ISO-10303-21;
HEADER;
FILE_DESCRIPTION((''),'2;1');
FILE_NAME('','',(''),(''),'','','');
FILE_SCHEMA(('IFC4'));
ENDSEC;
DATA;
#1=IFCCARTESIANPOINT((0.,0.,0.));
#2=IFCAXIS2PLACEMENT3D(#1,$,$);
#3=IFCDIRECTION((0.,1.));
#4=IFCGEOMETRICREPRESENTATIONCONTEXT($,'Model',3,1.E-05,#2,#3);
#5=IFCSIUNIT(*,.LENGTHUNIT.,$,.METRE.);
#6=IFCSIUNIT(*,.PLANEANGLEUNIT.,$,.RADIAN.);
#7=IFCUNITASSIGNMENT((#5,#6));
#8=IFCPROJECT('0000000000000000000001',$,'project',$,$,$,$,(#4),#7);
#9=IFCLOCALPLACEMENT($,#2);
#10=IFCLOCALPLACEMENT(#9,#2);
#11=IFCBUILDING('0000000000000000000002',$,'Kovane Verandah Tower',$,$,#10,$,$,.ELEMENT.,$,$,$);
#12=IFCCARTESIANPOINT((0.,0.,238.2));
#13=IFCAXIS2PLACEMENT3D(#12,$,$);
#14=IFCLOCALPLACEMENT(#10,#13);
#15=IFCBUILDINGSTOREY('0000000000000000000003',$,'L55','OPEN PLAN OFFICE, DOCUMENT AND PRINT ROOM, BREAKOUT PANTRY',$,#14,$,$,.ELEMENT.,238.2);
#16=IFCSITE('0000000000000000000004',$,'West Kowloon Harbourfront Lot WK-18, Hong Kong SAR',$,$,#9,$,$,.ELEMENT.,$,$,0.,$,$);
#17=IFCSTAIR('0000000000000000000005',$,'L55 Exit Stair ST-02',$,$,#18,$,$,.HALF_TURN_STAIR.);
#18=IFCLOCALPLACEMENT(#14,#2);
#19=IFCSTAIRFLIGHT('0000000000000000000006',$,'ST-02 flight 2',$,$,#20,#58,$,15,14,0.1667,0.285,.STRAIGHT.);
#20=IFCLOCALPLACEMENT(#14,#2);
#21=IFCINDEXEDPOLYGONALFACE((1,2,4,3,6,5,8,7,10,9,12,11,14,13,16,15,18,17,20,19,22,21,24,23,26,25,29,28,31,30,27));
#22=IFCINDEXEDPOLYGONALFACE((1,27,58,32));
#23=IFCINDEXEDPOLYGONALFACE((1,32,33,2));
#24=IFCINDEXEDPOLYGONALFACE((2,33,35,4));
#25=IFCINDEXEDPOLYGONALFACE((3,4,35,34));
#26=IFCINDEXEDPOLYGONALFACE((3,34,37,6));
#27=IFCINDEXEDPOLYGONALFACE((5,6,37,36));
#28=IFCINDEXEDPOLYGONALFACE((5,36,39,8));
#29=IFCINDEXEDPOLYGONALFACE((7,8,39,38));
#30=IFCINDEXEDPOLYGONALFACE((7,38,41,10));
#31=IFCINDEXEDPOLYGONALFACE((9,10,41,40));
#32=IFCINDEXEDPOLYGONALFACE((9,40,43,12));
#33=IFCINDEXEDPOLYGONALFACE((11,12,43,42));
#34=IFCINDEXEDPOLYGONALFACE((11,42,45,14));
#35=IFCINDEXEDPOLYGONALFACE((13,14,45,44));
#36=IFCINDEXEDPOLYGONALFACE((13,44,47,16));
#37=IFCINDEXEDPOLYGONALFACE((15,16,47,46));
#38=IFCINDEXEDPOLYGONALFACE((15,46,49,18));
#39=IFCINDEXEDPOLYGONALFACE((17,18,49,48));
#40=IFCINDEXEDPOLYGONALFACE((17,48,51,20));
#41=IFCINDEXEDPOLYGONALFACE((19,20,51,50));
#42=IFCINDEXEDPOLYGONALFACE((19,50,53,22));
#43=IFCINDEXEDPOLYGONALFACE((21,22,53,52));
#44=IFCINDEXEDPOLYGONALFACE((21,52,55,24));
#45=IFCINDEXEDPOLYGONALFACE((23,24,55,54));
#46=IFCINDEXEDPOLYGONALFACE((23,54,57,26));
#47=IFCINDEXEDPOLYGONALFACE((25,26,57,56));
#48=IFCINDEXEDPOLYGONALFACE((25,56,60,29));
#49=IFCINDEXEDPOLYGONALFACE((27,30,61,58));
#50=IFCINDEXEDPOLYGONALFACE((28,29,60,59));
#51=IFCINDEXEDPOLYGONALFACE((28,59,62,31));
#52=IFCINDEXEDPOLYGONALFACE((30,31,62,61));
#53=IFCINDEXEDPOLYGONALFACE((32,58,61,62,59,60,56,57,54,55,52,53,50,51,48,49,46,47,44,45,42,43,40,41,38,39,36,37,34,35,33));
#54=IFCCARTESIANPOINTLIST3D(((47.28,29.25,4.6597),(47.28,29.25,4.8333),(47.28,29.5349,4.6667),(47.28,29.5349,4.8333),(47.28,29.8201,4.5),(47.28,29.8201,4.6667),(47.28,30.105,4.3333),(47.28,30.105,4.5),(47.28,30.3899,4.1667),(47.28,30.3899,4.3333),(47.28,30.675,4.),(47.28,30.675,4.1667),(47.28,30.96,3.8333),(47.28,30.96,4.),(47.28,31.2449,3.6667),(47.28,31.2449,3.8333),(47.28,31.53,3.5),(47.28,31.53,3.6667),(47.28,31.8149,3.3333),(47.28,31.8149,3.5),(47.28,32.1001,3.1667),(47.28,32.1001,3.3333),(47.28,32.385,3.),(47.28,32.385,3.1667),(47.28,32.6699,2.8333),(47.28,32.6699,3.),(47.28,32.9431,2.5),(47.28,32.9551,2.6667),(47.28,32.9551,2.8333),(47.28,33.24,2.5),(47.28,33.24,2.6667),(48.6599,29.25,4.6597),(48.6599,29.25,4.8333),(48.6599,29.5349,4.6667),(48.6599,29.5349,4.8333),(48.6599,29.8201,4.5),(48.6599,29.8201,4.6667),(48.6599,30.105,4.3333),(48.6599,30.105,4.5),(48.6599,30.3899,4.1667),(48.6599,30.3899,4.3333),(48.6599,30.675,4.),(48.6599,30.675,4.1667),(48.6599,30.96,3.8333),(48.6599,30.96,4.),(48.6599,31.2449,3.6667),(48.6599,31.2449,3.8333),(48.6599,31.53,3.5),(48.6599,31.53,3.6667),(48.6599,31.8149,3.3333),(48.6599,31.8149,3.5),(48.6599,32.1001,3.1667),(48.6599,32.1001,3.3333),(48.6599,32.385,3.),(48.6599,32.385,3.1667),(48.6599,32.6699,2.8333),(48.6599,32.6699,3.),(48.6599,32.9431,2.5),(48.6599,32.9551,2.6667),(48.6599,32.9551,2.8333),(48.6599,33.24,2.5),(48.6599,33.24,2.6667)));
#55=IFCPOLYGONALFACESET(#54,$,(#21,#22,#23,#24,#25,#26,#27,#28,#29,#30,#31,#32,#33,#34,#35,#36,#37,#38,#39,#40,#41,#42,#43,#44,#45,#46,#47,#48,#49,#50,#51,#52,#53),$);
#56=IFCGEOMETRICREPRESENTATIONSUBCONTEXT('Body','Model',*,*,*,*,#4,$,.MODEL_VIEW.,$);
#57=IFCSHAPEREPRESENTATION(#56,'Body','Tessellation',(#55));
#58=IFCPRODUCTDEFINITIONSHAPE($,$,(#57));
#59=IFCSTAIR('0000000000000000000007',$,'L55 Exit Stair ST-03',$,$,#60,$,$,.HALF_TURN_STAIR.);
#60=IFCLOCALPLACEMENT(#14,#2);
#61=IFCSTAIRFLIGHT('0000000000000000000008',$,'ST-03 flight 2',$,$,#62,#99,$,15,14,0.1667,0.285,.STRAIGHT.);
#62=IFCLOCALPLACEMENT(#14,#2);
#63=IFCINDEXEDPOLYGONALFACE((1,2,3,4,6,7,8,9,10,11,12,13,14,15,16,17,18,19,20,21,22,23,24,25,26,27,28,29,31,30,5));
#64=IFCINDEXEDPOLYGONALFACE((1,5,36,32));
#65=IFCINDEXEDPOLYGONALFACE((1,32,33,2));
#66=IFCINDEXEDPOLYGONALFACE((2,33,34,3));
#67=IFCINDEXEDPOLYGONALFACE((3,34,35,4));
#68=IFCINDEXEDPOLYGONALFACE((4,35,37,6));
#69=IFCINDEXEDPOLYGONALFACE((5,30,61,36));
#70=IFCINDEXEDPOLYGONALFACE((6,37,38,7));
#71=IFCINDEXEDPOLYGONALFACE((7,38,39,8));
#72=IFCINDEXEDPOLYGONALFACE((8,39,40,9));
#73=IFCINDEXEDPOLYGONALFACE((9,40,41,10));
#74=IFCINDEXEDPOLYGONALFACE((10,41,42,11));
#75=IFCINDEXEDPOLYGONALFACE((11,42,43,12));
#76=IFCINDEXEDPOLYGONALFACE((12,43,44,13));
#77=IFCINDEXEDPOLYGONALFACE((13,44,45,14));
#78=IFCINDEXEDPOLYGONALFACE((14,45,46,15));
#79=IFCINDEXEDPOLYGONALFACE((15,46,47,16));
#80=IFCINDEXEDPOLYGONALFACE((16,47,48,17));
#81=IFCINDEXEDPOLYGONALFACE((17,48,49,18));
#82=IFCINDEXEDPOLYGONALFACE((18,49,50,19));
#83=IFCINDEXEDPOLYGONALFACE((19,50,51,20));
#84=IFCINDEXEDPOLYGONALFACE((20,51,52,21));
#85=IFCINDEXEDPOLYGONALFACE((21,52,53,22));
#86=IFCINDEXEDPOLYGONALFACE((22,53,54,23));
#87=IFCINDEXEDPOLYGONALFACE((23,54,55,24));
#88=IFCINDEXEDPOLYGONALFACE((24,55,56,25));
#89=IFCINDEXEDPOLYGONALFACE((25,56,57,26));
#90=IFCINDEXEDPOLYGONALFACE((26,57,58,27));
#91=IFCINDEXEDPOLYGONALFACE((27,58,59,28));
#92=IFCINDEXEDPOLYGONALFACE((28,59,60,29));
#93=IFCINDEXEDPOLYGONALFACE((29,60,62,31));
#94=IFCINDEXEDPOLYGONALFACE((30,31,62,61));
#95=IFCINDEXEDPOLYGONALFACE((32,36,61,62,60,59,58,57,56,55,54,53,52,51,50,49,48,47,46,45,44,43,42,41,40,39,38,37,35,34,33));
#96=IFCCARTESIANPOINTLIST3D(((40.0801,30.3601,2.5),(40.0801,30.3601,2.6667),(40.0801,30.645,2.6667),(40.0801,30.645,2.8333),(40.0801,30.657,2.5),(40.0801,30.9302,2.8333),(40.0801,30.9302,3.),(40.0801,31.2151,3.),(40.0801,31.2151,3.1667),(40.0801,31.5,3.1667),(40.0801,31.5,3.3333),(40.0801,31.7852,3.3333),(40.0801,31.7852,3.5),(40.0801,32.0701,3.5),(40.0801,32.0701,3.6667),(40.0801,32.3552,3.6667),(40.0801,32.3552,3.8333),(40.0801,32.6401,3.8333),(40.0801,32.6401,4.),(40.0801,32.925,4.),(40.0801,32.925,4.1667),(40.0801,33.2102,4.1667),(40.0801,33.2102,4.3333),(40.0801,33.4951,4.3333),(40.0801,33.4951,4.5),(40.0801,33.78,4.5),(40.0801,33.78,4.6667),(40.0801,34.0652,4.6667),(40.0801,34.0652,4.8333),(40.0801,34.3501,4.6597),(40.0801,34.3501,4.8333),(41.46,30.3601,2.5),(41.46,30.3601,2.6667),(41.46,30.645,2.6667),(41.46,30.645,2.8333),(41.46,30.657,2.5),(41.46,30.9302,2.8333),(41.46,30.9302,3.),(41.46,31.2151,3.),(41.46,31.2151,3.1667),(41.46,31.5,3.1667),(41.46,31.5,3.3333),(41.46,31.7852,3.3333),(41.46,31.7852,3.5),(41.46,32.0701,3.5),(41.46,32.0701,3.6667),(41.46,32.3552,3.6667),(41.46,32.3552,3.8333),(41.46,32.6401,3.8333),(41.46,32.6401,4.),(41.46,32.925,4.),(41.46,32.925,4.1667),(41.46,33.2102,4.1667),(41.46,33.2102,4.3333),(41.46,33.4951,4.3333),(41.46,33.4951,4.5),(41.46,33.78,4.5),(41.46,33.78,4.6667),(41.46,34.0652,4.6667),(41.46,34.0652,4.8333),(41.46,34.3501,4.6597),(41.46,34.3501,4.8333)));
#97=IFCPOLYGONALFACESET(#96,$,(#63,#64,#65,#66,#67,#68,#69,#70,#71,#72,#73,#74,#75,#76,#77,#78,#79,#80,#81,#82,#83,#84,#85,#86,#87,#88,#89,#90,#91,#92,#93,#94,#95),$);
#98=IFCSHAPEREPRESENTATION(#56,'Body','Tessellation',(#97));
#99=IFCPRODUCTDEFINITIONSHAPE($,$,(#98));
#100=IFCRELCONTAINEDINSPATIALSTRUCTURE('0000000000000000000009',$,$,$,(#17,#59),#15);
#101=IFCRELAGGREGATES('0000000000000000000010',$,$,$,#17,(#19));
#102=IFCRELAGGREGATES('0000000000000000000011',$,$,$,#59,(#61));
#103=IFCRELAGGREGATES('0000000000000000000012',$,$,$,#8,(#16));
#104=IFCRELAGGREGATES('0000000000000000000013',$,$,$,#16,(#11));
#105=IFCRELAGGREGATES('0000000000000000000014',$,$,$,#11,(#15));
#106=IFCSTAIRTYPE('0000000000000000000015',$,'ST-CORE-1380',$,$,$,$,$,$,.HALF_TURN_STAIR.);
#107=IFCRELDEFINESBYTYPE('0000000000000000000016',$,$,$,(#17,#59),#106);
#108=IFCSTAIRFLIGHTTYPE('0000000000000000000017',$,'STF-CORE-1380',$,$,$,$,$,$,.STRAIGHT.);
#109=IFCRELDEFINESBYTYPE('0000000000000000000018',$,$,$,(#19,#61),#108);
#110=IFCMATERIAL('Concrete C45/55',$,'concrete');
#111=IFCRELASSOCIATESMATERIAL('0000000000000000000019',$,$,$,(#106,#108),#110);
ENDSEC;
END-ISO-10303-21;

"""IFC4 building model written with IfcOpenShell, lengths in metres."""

from ifc_helpers import new_model, si_unit, direction, frame, origin, place, context, subcontext, project, spatial, polyline, outline, extrude, material, type_object, element, aggregate, save


model = new_model("IFC4")

# Units and contexts
model_context = context("Model", 3, precision=1e-05, world=origin(), true_north=direction((0.0, 1.0)))
body_context = subcontext(model_context, "Body", "Model", "MODEL_VIEW")
ifc_project = project(units=[si_unit("LENGTHUNIT", "METRE"), si_unit("PLANEANGLEUNIT", "RADIAN")], contexts=[model_context])

# Site, building, storey
site_placement = place(None, origin())
site = spatial("IfcSite", under=ifc_project, at=site_placement, Name="West Kowloon Harbourfront Lot WK-18, Hong Kong SAR", CompositionType="ELEMENT", RefElevation=0.0)
building_placement = place(site_placement, origin())
building = spatial("IfcBuilding", under=site, at=building_placement, Name="Kovane Verandah Tower", CompositionType="ELEMENT")
storey_placement = place(building_placement, frame((0.0, 0.0, 238.2)))
storey = spatial("IfcBuildingStorey", under=building, at=storey_placement, Name="L55", Description="OPEN PLAN OFFICE, DOCUMENT AND PRINT ROOM, BREAKOUT PANTRY", CompositionType="ELEMENT", Elevation=238.2)

# Shared definitions
ifc_material_1 = material(Name="Concrete C45/55", Category="concrete")

# Stair, stair flight
stair_type = type_object("IfcStairType", Name="ST-CORE-1380", PredefinedType="HALF_TURN_STAIR", material=ifc_material_1)
stair_1_placement = place(storey_placement, origin())
stair_1 = element("IfcStair", 1, at=stair_1_placement, inside=storey, type_object=stair_type, Name="L55 Exit Stair ST-02", PredefinedType="HALF_TURN_STAIR")
stair_flight_type = type_object("IfcStairFlightType", Name="STF-CORE-1380", PredefinedType="STRAIGHT", material=ifc_material_1)
stair_flight_1_placement = place(storey_placement, frame((47.97, 33.24, 2.5), z_axis=(0.0, 0.0, 1.0), x_axis=(0.0, -1.0, 0.0)))
stair_flight_1 = element("IfcStairFlight", 2, at=stair_flight_1_placement, type_object=stair_flight_type, Name="ST-02 flight 2", NumberOfRisers=15, NumberOfTreads=14, PredefinedType="STRAIGHT", RiserHeight=0.1667, TreadLength=0.285, context=body_context, shape_type="SweptSolid", body=[
    extrude(outline(polyline([(0.0, 0.0), (0.0, 0.1667), (0.2849, 0.1667), (0.2849, 0.3333), (0.5701, 0.3333), (0.5701, 0.5), (0.855, 0.5), (0.855, 0.6667), (1.1399, 0.6667), (1.1399, 0.8333), (1.425, 0.8333), (1.425, 1.0), (1.71, 1.0), (1.71, 1.1667), (1.9951, 1.1667), (1.9951, 1.3333), (2.28, 1.3333), (2.28, 1.5), (2.5649, 1.5), (2.5649, 1.6667), (2.8501, 1.6667), (2.8501, 1.8333), (3.135, 1.8333), (3.135, 2.0), (3.4199, 2.0), (3.4199, 2.1667), (3.7051, 2.1667), (3.7051, 2.3333), (3.99, 2.3333), (3.99, 2.5), (3.99, 2.1597), (0.2969, 0.0), (0.0, 0.0)])), frame((0.0, 0.6899, 0.0), z_axis=(0.0, -1.0, 0.0), x_axis=(1.0, 0.0, 0.0)), (0.0, 0.0, 1.0), 1.3799),
])
aggregate(stair_1, [stair_flight_1])

# Stair, stair flight
stair_2_placement = place(storey_placement, origin())
stair_2 = element("IfcStair", 3, at=stair_2_placement, inside=storey, type_object=stair_type, Name="L55 Exit Stair ST-03", PredefinedType="HALF_TURN_STAIR")
stair_flight_2_placement = place(storey_placement, frame((40.77, 30.3601, 2.5), z_axis=(0.0, 0.0, 1.0), x_axis=(0.0, 1.0, 0.0)))
stair_flight_2 = element("IfcStairFlight", 4, at=stair_flight_2_placement, type_object=stair_flight_type, Name="ST-03 flight 2", NumberOfRisers=15, NumberOfTreads=14, PredefinedType="STRAIGHT", RiserHeight=0.1667, TreadLength=0.285, context=body_context, shape_type="SweptSolid", body=[
    extrude(outline(polyline([(0.0, 0.0), (0.0, 0.1667), (0.2849, 0.1667), (0.2849, 0.3333), (0.5701, 0.3333), (0.5701, 0.5), (0.855, 0.5), (0.855, 0.6667), (1.1399, 0.6667), (1.1399, 0.8333), (1.425, 0.8333), (1.425, 1.0), (1.71, 1.0), (1.71, 1.1667), (1.9951, 1.1667), (1.9951, 1.3333), (2.28, 1.3333), (2.28, 1.5), (2.5649, 1.5), (2.5649, 1.6667), (2.8501, 1.6667), (2.8501, 1.8333), (3.135, 1.8333), (3.135, 2.0), (3.4199, 2.0), (3.4199, 2.1667), (3.7051, 2.1667), (3.7051, 2.3333), (3.99, 2.3333), (3.99, 2.5), (3.99, 2.1597), (0.2969, 0.0), (0.0, 0.0)])), frame((0.0, 0.6899, 0.0), z_axis=(0.0, -1.0, 0.0), x_axis=(1.0, 0.0, 0.0)), (0.0, 0.0, 1.0), 1.3799),
])
aggregate(stair_2, [stair_flight_2])

save(model, "model.ifc")
